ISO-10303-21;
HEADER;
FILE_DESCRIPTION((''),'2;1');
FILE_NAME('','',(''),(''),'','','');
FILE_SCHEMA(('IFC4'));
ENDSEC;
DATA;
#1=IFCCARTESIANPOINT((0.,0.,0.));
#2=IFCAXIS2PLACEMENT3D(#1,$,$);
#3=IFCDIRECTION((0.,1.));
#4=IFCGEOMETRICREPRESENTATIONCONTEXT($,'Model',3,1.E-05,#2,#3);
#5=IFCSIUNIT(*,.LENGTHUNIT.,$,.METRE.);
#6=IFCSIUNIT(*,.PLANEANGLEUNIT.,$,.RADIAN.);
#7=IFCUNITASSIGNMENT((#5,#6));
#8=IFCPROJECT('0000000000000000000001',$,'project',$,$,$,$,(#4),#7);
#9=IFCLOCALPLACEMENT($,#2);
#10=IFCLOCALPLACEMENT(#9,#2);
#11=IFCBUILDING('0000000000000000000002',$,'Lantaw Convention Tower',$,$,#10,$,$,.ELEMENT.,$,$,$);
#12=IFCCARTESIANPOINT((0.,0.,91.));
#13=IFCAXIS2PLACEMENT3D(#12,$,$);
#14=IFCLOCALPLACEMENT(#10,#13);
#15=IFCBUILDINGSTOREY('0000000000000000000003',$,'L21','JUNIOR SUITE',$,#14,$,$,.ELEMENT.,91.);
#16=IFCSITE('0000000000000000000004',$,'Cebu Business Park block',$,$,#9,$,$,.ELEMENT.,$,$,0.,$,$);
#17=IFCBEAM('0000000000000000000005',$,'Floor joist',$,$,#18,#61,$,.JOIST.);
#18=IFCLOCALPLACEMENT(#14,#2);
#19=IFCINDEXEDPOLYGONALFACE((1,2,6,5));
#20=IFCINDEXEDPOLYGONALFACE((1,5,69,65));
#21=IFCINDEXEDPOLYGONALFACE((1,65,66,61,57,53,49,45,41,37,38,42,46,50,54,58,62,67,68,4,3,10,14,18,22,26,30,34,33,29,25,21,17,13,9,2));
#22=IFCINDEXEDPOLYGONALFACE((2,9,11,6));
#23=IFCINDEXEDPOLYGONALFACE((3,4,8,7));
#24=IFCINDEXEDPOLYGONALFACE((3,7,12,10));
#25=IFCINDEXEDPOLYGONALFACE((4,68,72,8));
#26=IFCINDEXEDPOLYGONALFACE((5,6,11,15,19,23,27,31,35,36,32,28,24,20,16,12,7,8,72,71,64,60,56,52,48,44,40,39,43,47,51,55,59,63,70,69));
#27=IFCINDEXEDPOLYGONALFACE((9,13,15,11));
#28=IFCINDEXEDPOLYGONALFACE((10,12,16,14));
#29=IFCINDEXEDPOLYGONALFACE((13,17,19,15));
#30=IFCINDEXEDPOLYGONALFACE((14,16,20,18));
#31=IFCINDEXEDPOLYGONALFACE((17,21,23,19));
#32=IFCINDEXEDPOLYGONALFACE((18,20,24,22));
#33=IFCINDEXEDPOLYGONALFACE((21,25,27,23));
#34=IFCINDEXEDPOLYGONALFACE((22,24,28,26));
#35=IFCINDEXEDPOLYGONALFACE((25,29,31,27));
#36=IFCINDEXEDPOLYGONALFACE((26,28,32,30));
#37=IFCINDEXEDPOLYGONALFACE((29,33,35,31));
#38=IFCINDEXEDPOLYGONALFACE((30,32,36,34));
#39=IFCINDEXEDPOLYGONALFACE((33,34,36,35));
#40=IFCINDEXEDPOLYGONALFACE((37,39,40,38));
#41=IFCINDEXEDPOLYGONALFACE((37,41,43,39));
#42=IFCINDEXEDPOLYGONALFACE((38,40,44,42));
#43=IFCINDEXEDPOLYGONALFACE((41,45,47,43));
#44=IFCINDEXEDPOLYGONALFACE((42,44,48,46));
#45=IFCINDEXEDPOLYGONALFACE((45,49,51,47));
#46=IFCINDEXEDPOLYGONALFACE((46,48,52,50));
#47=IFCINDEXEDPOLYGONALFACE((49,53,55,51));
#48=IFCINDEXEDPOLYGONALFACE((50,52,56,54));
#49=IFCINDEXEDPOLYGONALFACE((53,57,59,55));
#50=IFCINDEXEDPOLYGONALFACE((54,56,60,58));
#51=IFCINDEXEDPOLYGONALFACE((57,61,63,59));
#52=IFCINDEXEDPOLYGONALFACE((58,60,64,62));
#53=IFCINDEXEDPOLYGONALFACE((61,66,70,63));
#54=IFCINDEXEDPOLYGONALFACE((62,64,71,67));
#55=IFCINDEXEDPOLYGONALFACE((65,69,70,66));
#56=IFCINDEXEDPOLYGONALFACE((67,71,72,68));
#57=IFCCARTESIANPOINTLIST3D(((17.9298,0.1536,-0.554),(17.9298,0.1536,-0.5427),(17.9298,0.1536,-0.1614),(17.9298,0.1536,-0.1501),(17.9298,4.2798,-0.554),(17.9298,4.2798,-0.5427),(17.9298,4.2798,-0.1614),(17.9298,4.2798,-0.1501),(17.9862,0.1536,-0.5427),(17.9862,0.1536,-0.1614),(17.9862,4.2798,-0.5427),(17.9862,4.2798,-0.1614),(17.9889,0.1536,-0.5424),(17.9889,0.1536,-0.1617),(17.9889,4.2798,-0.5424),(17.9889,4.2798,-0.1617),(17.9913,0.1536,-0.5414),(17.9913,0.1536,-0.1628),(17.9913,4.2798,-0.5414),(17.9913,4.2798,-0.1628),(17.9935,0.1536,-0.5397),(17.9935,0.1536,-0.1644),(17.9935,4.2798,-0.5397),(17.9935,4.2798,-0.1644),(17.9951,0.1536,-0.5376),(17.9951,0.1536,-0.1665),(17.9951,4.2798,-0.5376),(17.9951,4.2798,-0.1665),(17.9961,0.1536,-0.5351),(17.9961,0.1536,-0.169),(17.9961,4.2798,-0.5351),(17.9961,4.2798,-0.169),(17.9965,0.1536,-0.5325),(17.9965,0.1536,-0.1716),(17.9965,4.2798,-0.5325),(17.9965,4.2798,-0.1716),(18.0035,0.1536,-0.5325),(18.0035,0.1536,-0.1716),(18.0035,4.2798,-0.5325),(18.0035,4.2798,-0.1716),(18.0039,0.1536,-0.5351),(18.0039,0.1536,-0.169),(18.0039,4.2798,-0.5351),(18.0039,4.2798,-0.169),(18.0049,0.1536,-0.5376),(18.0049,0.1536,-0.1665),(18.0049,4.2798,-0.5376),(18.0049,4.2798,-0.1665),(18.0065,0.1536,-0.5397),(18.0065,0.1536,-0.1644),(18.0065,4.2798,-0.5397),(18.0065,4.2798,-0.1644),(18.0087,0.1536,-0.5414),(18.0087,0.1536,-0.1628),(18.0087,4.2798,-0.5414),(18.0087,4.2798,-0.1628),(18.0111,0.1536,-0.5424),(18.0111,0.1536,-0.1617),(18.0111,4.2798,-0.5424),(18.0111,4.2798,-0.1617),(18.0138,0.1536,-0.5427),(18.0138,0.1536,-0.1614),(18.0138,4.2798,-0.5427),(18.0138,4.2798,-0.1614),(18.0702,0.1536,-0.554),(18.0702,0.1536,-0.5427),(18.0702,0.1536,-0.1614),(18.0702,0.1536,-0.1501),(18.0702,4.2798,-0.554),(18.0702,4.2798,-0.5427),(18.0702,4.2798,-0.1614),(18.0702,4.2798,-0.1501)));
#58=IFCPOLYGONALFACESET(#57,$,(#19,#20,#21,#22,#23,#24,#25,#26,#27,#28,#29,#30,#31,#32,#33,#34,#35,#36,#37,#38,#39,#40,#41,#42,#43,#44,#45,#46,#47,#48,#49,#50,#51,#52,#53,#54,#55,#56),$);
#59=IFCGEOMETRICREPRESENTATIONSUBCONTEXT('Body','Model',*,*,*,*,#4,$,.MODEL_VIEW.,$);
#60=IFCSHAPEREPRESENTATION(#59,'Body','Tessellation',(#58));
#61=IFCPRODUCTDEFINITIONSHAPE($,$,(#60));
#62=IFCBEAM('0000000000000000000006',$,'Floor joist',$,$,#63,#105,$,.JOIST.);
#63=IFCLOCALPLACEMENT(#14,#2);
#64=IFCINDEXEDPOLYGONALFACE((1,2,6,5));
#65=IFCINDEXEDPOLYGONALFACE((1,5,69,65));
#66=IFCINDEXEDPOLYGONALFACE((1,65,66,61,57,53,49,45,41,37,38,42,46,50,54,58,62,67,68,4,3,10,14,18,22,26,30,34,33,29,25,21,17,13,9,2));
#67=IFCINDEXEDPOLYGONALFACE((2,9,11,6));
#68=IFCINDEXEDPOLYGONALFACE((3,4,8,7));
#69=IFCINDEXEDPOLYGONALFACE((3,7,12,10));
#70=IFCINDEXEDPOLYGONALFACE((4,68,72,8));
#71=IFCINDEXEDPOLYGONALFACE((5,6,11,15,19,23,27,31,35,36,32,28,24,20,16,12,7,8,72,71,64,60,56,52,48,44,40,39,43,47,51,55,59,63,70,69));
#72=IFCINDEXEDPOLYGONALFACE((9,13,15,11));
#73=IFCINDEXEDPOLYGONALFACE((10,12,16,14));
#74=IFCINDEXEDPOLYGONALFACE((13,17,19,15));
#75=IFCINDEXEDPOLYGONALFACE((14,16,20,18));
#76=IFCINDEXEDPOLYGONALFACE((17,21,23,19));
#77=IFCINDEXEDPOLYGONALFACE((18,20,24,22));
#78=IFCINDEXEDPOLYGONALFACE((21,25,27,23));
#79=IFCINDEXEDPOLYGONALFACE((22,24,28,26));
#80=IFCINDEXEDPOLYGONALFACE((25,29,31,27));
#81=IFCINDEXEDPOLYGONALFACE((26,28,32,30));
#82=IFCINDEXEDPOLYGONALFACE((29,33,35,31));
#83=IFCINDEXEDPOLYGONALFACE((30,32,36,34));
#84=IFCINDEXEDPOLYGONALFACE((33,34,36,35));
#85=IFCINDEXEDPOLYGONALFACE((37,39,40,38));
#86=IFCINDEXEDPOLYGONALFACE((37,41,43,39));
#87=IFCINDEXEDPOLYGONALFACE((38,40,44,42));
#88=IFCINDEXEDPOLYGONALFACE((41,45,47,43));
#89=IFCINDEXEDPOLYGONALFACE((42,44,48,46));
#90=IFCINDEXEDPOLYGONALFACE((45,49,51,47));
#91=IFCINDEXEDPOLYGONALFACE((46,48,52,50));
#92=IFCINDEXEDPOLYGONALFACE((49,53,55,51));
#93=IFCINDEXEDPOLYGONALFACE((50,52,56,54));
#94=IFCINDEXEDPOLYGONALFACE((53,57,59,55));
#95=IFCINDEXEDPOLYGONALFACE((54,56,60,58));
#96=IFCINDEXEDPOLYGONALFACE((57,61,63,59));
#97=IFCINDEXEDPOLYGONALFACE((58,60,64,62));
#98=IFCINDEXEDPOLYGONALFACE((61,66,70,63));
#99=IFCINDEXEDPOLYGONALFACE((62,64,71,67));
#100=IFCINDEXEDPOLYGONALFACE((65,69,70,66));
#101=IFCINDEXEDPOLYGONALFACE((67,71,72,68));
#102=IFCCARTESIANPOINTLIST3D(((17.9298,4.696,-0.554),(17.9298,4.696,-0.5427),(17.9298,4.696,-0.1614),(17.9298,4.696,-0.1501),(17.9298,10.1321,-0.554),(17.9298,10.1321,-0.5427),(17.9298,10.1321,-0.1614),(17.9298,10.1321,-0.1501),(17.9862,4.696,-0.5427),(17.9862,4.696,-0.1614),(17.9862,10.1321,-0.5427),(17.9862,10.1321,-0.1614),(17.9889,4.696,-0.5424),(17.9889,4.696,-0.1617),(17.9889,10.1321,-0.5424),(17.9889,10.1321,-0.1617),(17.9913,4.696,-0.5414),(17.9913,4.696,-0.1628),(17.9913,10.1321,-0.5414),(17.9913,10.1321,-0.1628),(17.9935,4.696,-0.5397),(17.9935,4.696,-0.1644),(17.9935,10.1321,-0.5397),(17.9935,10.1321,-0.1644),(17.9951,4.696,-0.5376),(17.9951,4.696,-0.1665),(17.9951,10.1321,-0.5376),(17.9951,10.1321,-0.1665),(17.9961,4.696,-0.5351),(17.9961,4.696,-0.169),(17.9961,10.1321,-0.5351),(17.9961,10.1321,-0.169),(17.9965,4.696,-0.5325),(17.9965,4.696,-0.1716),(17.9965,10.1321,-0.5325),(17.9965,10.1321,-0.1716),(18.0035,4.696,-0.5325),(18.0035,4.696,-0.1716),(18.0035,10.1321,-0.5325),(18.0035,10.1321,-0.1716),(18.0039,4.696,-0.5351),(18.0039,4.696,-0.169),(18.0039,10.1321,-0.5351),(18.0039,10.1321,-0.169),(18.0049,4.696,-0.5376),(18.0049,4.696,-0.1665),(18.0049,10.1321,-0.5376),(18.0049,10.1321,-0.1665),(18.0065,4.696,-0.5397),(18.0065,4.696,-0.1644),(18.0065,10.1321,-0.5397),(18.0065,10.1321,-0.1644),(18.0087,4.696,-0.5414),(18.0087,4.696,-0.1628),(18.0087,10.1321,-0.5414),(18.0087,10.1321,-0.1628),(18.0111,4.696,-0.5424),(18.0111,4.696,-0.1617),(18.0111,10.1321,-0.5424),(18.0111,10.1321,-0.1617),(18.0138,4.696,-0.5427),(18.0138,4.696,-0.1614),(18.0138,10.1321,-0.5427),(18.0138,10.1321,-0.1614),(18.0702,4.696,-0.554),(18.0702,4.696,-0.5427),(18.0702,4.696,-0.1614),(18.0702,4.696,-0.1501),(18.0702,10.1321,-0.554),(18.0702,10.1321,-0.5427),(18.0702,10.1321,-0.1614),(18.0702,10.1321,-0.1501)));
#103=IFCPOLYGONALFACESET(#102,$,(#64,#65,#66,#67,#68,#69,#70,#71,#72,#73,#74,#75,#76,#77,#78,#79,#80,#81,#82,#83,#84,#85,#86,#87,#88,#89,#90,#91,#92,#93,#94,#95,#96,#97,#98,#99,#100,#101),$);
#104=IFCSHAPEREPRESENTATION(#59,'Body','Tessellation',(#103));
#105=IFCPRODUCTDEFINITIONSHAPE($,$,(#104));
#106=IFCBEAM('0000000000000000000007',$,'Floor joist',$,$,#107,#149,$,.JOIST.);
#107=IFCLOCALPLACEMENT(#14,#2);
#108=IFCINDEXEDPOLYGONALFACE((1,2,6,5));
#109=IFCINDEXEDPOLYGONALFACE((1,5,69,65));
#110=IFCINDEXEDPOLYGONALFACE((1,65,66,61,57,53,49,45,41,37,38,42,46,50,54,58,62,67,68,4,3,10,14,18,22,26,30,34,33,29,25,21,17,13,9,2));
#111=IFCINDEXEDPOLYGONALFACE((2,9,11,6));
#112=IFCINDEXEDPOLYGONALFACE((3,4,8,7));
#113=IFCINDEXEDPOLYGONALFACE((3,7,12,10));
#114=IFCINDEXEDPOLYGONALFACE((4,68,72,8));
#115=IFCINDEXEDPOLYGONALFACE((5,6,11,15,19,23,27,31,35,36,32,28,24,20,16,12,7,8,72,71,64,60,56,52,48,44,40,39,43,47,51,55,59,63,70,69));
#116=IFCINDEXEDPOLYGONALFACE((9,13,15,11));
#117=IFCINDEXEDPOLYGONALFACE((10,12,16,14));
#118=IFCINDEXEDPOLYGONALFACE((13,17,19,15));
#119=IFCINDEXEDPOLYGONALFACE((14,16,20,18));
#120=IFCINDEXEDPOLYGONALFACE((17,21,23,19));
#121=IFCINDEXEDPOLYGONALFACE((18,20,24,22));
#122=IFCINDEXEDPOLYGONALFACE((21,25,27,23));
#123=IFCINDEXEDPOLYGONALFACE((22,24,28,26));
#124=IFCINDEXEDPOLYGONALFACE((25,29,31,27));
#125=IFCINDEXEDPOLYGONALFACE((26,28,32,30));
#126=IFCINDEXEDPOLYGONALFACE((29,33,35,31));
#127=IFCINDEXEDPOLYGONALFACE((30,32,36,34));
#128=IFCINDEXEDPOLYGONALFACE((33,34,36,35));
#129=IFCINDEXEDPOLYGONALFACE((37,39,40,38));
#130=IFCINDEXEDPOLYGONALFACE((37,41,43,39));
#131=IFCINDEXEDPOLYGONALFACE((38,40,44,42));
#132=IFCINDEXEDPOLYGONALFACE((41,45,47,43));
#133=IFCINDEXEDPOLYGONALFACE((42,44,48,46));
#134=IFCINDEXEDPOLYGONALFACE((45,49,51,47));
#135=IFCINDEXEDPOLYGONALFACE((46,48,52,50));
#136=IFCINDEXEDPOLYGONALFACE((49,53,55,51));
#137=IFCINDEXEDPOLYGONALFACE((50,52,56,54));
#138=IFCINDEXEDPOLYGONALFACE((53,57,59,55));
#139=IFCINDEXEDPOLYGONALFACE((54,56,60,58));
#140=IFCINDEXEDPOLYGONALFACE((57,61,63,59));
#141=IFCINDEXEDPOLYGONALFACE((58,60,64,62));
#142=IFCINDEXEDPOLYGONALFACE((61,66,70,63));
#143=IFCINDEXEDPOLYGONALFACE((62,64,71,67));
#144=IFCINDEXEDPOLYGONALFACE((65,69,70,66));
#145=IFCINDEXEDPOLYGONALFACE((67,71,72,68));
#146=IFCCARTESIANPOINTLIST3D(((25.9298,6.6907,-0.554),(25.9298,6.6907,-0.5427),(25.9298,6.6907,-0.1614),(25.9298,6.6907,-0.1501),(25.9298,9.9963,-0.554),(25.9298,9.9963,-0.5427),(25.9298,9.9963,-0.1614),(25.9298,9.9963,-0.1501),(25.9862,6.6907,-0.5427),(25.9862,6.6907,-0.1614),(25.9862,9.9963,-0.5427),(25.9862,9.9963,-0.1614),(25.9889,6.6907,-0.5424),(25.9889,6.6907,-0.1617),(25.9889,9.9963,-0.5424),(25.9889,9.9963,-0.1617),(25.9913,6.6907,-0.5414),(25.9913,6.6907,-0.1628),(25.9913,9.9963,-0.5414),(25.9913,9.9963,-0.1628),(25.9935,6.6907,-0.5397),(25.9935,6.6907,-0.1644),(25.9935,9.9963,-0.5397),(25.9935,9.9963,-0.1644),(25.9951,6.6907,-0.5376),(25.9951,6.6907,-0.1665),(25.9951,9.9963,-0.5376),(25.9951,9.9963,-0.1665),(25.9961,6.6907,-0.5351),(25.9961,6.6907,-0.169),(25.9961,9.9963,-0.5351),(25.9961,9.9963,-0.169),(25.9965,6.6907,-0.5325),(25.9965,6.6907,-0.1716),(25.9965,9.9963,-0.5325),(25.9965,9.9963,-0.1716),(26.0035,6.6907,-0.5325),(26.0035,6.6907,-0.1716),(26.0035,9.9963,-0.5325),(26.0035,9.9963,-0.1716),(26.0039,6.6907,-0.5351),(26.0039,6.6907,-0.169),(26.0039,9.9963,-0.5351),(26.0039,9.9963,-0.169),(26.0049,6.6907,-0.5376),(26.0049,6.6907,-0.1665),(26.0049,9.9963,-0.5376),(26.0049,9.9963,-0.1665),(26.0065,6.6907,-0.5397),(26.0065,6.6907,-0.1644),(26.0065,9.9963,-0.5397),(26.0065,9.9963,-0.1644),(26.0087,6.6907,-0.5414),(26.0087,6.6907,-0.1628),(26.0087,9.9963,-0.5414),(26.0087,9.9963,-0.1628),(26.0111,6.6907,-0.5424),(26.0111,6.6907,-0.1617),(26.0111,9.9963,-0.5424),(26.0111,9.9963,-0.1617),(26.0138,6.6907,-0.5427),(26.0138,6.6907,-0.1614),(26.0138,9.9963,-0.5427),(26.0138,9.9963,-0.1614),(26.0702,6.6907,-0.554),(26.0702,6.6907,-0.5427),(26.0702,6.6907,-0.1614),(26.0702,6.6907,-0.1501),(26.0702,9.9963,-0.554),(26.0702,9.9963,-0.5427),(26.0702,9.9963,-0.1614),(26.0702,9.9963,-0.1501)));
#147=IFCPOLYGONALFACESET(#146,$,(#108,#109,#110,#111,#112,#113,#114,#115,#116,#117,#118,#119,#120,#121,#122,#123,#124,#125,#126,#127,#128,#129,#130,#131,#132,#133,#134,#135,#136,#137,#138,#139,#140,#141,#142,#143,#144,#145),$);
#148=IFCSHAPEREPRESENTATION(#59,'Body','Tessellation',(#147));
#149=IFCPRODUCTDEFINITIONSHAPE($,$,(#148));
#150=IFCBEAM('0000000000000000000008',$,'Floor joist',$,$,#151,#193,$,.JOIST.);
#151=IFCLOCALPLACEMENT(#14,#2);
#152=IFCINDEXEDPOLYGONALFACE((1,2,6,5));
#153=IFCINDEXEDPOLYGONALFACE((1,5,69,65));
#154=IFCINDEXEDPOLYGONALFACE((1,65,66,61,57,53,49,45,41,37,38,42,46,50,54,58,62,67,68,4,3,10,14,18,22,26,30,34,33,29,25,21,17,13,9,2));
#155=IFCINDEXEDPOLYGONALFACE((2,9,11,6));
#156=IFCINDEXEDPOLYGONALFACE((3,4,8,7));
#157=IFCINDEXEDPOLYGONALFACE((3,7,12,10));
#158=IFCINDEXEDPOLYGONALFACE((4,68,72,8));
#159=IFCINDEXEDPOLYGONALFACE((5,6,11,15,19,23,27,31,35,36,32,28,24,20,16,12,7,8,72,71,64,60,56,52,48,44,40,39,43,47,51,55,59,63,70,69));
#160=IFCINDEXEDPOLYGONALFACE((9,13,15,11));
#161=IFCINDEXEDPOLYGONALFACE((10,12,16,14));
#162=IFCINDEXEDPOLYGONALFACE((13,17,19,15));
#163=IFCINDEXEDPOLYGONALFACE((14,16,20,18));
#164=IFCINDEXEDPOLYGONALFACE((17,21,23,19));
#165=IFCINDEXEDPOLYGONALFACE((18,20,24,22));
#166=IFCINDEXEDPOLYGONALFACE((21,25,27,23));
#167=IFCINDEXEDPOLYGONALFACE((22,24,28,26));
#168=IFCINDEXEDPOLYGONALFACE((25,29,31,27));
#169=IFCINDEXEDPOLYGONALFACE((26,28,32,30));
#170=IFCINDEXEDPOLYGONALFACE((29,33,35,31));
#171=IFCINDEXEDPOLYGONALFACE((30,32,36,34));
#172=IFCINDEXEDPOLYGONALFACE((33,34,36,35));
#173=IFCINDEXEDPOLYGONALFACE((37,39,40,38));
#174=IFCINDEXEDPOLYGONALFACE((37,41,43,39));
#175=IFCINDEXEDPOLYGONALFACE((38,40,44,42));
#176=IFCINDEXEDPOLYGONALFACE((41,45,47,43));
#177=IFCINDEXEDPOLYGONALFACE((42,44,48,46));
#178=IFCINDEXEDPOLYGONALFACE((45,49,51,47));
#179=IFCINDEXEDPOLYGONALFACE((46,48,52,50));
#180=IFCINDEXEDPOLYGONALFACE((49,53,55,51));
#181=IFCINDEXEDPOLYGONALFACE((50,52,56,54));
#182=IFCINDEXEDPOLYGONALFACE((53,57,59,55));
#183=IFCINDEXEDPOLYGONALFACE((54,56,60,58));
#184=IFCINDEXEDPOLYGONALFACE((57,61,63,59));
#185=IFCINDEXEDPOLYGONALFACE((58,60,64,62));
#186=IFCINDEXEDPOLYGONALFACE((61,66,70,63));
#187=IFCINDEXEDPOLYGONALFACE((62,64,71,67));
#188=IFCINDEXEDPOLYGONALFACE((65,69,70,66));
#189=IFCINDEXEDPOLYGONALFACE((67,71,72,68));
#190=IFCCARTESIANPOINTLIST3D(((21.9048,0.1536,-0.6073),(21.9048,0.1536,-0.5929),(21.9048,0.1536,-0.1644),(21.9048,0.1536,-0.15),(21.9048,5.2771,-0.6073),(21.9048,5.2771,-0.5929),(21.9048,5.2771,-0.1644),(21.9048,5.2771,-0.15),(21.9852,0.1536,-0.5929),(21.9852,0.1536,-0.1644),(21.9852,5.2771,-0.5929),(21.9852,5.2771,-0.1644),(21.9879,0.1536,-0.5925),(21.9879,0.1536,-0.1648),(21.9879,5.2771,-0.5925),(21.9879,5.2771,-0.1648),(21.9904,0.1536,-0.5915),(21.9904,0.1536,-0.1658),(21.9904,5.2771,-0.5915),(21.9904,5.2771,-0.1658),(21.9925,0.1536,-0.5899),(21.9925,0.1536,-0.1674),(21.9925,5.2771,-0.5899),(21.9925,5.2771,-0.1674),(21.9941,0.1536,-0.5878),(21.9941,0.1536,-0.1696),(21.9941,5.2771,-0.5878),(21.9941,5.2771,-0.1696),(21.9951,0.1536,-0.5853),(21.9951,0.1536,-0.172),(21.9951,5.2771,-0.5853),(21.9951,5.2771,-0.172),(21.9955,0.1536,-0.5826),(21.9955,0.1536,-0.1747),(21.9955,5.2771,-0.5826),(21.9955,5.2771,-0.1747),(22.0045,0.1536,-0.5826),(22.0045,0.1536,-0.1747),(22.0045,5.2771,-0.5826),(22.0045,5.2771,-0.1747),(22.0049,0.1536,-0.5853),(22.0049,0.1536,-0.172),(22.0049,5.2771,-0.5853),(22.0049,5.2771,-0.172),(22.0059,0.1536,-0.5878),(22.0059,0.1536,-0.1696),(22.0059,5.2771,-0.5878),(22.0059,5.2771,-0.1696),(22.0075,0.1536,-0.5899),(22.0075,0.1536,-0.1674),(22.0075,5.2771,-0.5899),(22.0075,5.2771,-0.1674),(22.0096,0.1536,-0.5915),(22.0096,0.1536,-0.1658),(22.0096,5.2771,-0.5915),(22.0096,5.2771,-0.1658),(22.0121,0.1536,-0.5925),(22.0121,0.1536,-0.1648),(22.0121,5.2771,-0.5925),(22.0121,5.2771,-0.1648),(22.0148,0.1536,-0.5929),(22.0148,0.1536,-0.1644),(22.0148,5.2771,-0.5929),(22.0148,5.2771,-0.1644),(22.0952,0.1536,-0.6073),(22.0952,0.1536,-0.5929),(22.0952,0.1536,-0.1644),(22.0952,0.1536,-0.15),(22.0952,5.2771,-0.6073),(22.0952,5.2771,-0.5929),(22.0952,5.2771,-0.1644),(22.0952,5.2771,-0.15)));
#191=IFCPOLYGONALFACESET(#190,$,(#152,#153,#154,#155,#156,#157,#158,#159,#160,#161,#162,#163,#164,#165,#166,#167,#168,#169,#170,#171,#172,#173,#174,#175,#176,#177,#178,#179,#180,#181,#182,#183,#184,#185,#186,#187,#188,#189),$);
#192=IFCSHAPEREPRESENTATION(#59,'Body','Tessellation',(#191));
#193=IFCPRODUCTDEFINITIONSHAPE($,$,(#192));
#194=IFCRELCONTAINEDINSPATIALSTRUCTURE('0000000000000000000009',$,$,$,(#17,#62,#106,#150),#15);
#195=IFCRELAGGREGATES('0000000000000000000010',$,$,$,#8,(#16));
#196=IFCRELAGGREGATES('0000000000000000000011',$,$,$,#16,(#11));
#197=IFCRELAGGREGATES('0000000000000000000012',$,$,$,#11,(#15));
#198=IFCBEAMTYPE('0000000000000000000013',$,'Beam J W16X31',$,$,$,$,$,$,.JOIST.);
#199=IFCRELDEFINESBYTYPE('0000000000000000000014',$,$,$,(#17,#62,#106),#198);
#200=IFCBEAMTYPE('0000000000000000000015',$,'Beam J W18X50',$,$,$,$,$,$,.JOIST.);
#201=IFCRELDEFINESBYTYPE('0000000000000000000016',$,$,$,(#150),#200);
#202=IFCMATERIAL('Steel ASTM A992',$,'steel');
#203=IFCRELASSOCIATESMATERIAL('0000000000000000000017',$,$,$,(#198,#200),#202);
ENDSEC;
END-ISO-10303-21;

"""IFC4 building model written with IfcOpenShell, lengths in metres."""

from ifc_helpers import new_model, si_unit, direction, frame, origin, origin_2d, place, context, subcontext, project, spatial, i_section, extrude, material, material_profile, profile_set, type_object, element, save


model = new_model("IFC4")

# Units and contexts
model_context = context("Model", 3, precision=1e-05, world=origin(), true_north=direction((0.0, 1.0)))
body_context = subcontext(model_context, "Body", "Model", "MODEL_VIEW")
ifc_project = project(units=[si_unit("LENGTHUNIT", "METRE"), si_unit("PLANEANGLEUNIT", "RADIAN")], contexts=[model_context])

# Site, building, storey
site_placement = place(None, origin())
site = spatial("IfcSite", under=ifc_project, at=site_placement, Name="Cebu Business Park block", CompositionType="ELEMENT", RefElevation=0.0)
building_placement = place(site_placement, origin())
building = spatial("IfcBuilding", under=site, at=building_placement, Name="Lantaw Convention Tower", CompositionType="ELEMENT")
storey_placement = place(building_placement, frame((0.0, 0.0, 91.0)))
storey = spatial("IfcBuildingStorey", under=building, at=storey_placement, Name="L21", Description="JUNIOR SUITE", CompositionType="ELEMENT", Elevation=91.0)

# Beams
ifc_material_1 = material(Name="Steel ASTM A992", Category="steel")
ifc_material_profile_1 = material_profile(ifc_material_1, i_section(OverallWidth=0.1404, OverallDepth=0.4038, WebThickness=0.0071, FlangeThickness=0.0112, FilletRadius=0.0103, at=origin_2d()), Name="W16X31")
ifc_profile_set_1 = profile_set([ifc_material_profile_1], Name="Steel ASTM A992")
beam_type_1 = type_object("IfcBeamType", Name="Beam J W16X31", PredefinedType="JOIST", material=ifc_profile_set_1)
beam_1_placement = place(storey_placement, frame((18.0, 0.1536, -0.3521), z_axis=(0.0, 1.0, 0.0), x_axis=(-1.0, 0.0, 0.0)))
element("IfcBeam", 1, at=beam_1_placement, inside=storey, type_object=beam_type_1, Name="Floor joist", PredefinedType="JOIST", context=body_context, shape_type="SweptSolid", body=[
    extrude(i_section(OverallWidth=0.1404, OverallDepth=0.4038, WebThickness=0.0071, FlangeThickness=0.0112, FilletRadius=0.0103, at=origin_2d()), origin(), (0.0, 0.0, 1.0), 4.1262),
])
beam_2_placement = place(storey_placement, frame((18.0, 4.696, -0.3521), z_axis=(0.0, 1.0, 0.0), x_axis=(-1.0, 0.0, 0.0)))
element("IfcBeam", 2, at=beam_2_placement, inside=storey, type_object=beam_type_1, Name="Floor joist", PredefinedType="JOIST", context=body_context, shape_type="SweptSolid", body=[
    extrude(i_section(OverallWidth=0.1404, OverallDepth=0.4038, WebThickness=0.0071, FlangeThickness=0.0112, FilletRadius=0.0103, at=origin_2d()), origin(), (0.0, 0.0, 1.0), 5.436),
])
beam_3_placement = place(storey_placement, frame((26.0, 6.6907, -0.3521), z_axis=(0.0, 1.0, 0.0), x_axis=(-1.0, 0.0, 0.0)))
element("IfcBeam", 3, at=beam_3_placement, inside=storey, type_object=beam_type_1, Name="Floor joist", PredefinedType="JOIST", context=body_context, shape_type="SweptSolid", body=[
    extrude(i_section(OverallWidth=0.1404, OverallDepth=0.4038, WebThickness=0.0071, FlangeThickness=0.0112, FilletRadius=0.0103, at=origin_2d()), origin(), (0.0, 0.0, 1.0), 3.3057),
])
ifc_material_profile_2 = material_profile(ifc_material_1, i_section(OverallWidth=0.1904, OverallDepth=0.4573, WebThickness=0.009, FlangeThickness=0.0144, FilletRadius=0.0103, at=origin_2d()), Name="W18X50")
ifc_profile_set_2 = profile_set([ifc_material_profile_2], Name="Steel ASTM A992")
beam_type_2 = type_object("IfcBeamType", Name="Beam J W18X50", PredefinedType="JOIST", material=ifc_profile_set_2)
beam_4_placement = place(storey_placement, frame((22.0, 0.1536, -0.3787), z_axis=(0.0, 1.0, 0.0), x_axis=(-1.0, 0.0, 0.0)))
element("IfcBeam", 4, at=beam_4_placement, inside=storey, type_object=beam_type_2, Name="Floor joist", PredefinedType="JOIST", context=body_context, shape_type="SweptSolid", body=[
    extrude(i_section(OverallWidth=0.1904, OverallDepth=0.4573, WebThickness=0.009, FlangeThickness=0.0144, FilletRadius=0.0103, at=origin_2d()), origin(), (0.0, 0.0, 1.0), 5.1235),
])

save(model, "model.ifc")
